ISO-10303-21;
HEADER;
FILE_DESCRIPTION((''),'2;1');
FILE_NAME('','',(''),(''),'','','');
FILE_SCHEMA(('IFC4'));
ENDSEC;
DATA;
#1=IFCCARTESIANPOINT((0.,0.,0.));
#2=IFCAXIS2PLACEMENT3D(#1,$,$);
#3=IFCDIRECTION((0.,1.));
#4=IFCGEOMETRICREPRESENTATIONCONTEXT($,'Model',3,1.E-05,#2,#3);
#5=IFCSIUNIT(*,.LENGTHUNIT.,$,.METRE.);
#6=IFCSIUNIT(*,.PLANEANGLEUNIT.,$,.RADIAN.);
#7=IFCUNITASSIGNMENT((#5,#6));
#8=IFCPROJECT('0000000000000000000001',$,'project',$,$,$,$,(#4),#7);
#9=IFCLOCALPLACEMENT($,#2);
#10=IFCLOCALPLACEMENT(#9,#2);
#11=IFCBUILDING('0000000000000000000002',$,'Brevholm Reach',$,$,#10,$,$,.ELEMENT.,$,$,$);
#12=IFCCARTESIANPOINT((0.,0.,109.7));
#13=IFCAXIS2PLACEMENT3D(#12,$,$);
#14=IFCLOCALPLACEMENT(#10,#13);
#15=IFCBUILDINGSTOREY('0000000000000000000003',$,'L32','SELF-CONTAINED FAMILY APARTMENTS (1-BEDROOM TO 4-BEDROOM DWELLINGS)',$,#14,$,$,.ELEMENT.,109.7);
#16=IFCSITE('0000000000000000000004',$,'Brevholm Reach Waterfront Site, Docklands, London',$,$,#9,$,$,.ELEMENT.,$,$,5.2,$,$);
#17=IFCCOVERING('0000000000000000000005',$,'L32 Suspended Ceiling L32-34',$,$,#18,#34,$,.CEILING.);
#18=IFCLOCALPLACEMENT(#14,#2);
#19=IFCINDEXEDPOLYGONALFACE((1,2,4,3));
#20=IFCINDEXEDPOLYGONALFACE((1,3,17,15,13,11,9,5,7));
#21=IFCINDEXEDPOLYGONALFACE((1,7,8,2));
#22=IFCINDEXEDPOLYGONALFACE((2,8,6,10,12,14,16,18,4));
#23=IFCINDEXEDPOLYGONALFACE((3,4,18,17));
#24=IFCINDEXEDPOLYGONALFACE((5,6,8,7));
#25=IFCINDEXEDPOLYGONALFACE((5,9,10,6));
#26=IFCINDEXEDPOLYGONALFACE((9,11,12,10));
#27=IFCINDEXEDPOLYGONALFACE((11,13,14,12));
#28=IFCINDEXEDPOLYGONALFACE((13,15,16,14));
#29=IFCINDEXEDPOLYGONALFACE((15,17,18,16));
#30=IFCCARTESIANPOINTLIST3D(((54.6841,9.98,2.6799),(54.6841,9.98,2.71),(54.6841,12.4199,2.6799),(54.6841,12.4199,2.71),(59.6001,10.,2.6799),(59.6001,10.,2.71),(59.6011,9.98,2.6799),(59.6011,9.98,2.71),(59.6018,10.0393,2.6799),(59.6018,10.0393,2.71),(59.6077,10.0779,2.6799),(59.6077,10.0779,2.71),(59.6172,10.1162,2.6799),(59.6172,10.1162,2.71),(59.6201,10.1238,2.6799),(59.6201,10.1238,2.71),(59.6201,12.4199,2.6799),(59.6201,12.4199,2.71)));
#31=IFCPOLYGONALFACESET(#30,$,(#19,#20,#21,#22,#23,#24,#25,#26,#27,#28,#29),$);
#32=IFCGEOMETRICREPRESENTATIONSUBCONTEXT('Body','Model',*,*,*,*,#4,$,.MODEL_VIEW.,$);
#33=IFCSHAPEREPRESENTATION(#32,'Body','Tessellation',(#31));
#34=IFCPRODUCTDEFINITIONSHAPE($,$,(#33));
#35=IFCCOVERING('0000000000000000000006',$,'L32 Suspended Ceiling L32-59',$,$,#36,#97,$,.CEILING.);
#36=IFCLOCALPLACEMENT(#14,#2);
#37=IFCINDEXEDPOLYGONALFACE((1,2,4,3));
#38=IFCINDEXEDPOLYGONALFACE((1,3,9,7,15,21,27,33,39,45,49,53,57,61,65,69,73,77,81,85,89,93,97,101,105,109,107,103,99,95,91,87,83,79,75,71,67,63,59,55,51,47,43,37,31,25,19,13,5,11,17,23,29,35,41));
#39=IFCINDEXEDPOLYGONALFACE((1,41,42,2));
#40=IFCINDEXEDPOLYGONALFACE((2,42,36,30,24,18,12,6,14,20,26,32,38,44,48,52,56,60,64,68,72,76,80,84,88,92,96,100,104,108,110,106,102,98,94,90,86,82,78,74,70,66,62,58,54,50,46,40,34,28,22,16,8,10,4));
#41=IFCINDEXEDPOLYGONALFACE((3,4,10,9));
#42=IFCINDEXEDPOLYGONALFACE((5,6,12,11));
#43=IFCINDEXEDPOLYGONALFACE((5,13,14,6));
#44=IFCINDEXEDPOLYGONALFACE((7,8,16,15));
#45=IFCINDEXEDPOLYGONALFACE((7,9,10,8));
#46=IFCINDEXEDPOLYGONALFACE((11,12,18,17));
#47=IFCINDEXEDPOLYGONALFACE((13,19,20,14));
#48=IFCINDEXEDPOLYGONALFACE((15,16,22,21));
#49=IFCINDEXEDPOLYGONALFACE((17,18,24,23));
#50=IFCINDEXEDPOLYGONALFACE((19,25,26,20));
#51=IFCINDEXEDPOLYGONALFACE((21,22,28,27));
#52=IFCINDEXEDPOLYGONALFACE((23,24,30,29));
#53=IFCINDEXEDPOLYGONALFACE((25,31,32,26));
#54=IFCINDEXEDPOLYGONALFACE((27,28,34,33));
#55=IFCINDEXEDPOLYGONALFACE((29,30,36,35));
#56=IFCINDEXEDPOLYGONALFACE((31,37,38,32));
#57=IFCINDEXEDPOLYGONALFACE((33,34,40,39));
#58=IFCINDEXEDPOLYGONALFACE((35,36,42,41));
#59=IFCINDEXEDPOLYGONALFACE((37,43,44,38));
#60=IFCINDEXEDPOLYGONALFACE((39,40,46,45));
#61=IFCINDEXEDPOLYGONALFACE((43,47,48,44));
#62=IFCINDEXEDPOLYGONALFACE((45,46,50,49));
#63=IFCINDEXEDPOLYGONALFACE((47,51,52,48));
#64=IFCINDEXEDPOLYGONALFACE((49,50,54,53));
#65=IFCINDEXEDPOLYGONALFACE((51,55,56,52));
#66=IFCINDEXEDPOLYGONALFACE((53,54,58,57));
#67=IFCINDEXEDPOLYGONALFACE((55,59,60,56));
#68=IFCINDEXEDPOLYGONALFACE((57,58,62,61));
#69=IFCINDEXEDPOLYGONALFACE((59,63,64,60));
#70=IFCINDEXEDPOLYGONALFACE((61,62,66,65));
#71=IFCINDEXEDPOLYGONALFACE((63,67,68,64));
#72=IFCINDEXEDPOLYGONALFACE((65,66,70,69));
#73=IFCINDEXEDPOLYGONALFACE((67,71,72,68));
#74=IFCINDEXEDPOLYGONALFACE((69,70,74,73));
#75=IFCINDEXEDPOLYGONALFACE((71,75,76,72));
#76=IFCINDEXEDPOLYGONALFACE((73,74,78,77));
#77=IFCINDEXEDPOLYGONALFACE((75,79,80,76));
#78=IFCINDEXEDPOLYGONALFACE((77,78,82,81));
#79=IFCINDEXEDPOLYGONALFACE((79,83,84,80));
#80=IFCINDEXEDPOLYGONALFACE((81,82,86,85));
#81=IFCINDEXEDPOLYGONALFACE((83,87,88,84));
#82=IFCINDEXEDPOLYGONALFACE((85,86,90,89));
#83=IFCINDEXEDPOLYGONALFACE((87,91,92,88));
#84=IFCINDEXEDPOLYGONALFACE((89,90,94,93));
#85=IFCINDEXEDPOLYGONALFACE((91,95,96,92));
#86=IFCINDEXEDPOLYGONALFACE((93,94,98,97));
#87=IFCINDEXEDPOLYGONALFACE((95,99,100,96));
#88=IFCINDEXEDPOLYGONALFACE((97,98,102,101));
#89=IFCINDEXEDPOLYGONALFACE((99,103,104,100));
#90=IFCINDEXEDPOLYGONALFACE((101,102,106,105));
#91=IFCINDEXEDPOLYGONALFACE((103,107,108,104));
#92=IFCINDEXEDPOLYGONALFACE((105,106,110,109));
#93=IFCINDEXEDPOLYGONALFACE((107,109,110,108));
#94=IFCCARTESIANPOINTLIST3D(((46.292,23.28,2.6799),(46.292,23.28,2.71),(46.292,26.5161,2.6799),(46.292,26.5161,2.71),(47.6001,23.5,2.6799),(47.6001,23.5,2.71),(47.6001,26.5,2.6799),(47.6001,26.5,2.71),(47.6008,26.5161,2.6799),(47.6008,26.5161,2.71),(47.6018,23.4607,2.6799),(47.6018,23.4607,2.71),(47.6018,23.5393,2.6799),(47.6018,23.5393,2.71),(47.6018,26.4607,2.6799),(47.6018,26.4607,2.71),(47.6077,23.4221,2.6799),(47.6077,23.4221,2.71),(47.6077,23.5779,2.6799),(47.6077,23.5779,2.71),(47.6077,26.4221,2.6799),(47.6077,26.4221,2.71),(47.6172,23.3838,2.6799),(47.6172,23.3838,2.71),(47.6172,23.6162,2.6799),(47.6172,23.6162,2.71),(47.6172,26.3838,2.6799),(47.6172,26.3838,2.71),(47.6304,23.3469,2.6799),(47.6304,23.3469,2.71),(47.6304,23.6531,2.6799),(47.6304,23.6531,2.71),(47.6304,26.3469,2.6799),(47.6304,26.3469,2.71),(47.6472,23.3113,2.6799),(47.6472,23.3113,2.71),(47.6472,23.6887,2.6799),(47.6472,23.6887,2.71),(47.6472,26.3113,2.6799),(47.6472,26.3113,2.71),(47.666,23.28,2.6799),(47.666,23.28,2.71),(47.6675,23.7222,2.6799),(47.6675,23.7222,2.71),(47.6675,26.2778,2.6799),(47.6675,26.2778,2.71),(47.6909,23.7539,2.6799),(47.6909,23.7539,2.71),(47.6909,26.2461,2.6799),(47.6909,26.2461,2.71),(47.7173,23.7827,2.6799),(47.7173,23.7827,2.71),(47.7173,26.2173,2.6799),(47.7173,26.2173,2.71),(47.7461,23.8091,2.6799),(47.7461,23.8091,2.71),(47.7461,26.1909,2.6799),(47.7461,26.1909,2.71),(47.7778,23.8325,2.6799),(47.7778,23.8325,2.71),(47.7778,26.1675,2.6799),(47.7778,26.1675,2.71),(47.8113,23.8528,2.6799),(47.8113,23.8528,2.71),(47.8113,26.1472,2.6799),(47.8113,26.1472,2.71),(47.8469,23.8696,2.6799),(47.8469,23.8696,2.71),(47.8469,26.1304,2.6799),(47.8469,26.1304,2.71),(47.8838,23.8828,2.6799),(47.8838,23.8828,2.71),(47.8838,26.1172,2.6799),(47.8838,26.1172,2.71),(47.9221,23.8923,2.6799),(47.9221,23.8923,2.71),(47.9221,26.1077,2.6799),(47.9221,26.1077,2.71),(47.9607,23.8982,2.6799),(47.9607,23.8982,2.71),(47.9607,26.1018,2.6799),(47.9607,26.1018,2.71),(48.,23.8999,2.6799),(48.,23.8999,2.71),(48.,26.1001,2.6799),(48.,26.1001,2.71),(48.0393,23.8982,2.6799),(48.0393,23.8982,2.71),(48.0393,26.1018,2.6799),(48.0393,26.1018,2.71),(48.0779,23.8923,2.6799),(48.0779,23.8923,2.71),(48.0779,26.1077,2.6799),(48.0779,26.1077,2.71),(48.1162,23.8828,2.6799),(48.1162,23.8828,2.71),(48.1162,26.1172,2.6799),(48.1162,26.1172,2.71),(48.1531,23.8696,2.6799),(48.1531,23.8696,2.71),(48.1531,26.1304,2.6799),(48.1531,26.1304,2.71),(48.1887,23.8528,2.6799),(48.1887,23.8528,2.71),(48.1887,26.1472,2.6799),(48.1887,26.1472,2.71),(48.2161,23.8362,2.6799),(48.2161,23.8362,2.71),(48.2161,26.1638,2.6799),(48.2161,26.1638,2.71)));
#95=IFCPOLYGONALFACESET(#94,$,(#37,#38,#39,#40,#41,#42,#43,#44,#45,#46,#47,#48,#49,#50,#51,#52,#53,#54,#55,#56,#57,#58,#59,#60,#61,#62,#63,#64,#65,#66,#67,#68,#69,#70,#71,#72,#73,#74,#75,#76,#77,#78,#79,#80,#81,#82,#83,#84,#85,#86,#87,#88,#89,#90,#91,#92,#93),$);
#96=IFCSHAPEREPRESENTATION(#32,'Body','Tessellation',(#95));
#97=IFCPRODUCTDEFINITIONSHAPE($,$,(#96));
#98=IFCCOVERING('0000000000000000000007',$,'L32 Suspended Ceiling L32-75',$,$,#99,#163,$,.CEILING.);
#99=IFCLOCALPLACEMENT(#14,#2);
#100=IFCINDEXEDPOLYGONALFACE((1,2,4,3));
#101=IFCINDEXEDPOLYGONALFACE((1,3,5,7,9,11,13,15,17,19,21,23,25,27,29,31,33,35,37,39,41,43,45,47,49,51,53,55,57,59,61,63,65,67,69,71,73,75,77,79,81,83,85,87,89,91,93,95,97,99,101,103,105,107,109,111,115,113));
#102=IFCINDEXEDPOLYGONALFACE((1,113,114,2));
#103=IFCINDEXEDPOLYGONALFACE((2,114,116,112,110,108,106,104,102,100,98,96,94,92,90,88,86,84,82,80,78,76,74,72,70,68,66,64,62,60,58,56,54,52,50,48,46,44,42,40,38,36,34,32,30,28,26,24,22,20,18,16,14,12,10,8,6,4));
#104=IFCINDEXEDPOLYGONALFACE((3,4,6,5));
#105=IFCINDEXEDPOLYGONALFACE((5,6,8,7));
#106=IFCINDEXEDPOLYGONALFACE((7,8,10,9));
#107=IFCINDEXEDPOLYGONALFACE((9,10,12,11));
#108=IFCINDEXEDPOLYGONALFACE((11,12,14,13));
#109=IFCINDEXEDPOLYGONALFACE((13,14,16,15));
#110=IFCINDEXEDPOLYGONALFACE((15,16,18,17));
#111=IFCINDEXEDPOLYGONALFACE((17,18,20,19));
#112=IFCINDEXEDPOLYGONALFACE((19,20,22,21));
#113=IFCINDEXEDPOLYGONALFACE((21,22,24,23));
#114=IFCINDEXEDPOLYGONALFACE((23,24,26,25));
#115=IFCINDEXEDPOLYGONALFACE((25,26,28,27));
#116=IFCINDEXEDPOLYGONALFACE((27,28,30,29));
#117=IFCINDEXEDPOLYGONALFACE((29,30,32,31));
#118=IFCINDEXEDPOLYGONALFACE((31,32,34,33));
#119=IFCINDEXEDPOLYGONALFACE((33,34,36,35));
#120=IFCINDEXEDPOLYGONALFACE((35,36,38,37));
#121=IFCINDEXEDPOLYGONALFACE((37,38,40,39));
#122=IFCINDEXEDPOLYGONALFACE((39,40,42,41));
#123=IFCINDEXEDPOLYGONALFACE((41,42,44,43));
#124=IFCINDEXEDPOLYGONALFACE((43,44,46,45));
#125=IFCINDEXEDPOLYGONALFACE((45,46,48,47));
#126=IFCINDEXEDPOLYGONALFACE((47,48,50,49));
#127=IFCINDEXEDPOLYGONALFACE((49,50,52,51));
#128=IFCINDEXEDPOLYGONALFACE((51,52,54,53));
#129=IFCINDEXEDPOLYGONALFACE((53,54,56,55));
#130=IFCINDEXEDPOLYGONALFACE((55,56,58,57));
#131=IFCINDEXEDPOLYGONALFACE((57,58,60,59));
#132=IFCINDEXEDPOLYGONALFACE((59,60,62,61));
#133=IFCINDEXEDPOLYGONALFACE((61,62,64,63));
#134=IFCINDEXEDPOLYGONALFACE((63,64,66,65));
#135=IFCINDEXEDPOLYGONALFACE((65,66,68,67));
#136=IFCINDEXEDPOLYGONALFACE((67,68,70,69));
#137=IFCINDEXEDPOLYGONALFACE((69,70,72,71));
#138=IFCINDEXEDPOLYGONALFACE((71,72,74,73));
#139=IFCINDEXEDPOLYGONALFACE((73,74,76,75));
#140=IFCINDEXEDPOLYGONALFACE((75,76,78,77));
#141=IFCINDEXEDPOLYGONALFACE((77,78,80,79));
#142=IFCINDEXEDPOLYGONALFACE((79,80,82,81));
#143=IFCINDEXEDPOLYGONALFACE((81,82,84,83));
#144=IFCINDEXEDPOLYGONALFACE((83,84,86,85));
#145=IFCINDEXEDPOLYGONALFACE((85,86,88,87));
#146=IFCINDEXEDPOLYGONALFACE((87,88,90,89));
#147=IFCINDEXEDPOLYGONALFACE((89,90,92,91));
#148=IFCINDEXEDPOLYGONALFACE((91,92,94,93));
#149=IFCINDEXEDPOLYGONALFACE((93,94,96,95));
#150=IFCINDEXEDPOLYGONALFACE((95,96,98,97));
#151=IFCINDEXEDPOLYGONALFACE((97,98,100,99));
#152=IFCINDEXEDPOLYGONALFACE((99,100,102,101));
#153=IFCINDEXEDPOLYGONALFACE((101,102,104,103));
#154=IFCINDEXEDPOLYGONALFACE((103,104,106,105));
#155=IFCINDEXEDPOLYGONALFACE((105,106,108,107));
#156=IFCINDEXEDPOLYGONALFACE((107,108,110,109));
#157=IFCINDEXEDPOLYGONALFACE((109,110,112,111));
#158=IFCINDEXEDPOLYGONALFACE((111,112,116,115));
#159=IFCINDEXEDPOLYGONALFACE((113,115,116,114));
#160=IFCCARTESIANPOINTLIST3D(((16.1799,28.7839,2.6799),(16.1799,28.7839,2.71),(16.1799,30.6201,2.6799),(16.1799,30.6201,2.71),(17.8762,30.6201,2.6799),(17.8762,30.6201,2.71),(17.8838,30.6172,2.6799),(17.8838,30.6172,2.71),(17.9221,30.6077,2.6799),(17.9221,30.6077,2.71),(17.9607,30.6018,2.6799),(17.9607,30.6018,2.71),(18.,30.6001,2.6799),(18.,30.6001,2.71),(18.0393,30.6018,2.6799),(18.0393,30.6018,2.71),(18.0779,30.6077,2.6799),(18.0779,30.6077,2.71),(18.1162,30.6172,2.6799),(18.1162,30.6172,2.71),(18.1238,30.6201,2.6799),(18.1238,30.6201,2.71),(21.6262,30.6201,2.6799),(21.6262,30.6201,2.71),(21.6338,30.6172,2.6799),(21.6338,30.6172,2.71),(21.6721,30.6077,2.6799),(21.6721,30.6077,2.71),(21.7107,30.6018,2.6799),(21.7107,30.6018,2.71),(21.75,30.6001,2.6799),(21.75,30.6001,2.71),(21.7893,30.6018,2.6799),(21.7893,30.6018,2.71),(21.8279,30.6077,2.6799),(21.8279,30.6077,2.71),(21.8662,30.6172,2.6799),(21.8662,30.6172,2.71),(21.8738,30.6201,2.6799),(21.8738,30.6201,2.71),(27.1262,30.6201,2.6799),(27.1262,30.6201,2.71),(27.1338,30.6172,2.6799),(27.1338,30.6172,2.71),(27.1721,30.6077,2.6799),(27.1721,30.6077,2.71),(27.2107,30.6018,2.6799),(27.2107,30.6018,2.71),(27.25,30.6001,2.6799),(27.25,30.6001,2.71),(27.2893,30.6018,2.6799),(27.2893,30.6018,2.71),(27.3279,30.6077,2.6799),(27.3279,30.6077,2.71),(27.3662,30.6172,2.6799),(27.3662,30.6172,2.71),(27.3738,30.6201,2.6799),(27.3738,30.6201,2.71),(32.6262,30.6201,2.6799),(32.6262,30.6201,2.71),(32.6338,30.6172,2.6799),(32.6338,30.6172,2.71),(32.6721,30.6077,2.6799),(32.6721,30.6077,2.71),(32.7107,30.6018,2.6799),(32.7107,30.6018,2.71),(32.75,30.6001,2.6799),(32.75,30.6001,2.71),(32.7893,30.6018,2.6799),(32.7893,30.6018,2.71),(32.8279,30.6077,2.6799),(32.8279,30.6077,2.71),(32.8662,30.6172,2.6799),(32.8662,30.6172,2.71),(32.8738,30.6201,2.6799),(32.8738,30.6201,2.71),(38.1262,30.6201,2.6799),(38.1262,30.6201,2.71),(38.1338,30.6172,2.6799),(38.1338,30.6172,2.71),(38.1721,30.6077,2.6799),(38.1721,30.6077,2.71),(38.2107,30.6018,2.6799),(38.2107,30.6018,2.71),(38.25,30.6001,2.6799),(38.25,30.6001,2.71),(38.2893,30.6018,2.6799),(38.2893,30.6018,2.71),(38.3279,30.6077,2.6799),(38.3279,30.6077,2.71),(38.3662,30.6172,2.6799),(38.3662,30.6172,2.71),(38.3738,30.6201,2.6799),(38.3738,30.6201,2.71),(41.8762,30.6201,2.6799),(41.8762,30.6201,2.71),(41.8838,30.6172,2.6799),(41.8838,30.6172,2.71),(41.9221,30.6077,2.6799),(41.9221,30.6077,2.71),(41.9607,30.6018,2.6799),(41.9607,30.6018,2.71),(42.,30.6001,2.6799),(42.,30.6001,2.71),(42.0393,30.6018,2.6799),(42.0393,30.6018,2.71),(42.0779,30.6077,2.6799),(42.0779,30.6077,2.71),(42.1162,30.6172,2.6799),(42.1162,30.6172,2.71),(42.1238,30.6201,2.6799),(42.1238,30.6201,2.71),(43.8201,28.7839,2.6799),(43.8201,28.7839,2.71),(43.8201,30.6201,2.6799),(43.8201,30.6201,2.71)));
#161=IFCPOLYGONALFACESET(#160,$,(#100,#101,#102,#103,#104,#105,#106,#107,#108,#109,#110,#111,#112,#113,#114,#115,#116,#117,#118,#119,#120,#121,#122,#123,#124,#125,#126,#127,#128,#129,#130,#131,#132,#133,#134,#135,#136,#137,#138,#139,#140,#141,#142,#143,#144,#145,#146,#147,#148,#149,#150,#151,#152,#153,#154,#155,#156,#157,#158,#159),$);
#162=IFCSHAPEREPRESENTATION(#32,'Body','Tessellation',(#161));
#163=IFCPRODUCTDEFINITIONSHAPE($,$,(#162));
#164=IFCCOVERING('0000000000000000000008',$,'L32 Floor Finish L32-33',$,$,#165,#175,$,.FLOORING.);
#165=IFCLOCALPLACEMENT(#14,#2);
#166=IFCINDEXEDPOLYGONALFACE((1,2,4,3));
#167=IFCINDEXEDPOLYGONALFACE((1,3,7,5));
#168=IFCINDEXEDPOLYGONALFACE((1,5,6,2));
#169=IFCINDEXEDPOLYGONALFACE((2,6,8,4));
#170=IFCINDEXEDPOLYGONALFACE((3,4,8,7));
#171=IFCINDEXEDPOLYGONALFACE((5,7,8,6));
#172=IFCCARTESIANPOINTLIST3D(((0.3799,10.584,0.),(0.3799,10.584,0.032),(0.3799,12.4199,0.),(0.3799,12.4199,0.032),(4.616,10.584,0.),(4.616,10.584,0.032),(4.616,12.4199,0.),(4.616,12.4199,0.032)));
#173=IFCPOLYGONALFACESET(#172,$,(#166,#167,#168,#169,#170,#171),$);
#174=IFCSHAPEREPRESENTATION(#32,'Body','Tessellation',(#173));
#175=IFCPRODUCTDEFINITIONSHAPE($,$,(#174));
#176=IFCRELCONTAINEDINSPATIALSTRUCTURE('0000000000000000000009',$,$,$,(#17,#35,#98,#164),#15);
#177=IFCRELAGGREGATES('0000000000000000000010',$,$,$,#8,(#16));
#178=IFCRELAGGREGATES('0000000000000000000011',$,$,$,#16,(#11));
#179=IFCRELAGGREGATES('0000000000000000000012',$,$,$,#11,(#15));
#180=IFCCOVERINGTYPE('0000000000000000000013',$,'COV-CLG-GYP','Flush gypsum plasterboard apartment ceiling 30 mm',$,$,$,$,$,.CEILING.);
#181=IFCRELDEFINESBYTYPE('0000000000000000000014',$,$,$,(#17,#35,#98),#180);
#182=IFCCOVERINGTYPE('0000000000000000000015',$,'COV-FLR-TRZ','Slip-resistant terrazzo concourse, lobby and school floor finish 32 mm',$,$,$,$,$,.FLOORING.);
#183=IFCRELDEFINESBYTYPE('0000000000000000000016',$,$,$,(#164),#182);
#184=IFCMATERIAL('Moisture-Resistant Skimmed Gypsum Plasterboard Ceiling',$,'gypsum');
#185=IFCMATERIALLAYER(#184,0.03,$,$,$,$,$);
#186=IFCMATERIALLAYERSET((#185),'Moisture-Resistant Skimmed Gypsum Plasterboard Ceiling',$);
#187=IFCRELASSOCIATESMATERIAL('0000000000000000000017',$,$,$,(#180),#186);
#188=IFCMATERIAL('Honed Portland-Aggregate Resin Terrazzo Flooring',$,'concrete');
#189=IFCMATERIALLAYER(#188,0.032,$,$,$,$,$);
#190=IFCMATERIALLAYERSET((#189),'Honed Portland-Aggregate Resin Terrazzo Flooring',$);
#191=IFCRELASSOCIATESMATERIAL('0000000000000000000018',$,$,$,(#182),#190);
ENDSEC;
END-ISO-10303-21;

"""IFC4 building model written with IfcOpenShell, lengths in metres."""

from ifc_helpers import new_model, si_unit, direction, frame, origin, place, context, subcontext, project, spatial, polyline, outline, extrude, material, layer, layer_set, type_object, element, save


model = new_model("IFC4")

# Units and contexts
model_context = context("Model", 3, precision=1e-05, world=origin(), true_north=direction((0.0, 1.0)))
body_context = subcontext(model_context, "Body", "Model", "MODEL_VIEW")
ifc_project = project(units=[si_unit("LENGTHUNIT", "METRE"), si_unit("PLANEANGLEUNIT", "RADIAN")], contexts=[model_context])

# Site, building, storey
site_placement = place(None, origin())
site = spatial("IfcSite", under=ifc_project, at=site_placement, Name="Brevholm Reach Waterfront Site, Docklands, London", CompositionType="ELEMENT", RefElevation=5.2)
building_placement = place(site_placement, origin())
building = spatial("IfcBuilding", under=site, at=building_placement, Name="Brevholm Reach", CompositionType="ELEMENT")
storey_placement = place(building_placement, frame((0.0, 0.0, 109.7)))
storey = spatial("IfcBuildingStorey", under=building, at=storey_placement, Name="L32", Description="SELF-CONTAINED FAMILY APARTMENTS (1-BEDROOM TO 4-BEDROOM DWELLINGS)", CompositionType="ELEMENT", Elevation=109.7)

# Coverings
ifc_material_1 = material(Name="Moisture-Resistant Skimmed Gypsum Plasterboard Ceiling", Category="gypsum")
ifc_layer_1 = layer(ifc_material_1, 0.03)
ifc_layer_set_1 = layer_set([ifc_layer_1], Name="Moisture-Resistant Skimmed Gypsum Plasterboard Ceiling")
covering_type_1 = type_object("IfcCoveringType", Name="COV-CLG-GYP", Description="Flush gypsum plasterboard apartment ceiling 30 mm", PredefinedType="CEILING", material=ifc_layer_set_1)
covering_1_placement = place(storey_placement, frame((0.0, 0.0, 2.6799)))
element("IfcCovering", 1, at=covering_1_placement, inside=storey, type_object=covering_type_1, Name="L32 Suspended Ceiling L32-34", PredefinedType="CEILING", context=body_context, shape_type="SweptSolid", body=[
    extrude(outline(polyline([(59.6201, 12.4199), (59.6201, 10.1238), (59.6172, 10.1162), (59.6077, 10.0779), (59.6018, 10.0393), (59.6001, 10.0), (59.6011, 9.98), (54.6841, 9.98), (54.6841, 12.4199), (59.6201, 12.4199)])), origin(), (0.0, 0.0, 1.0), 0.03),
])
covering_2_placement = place(storey_placement, frame((0.0, 0.0, 2.6799)))
element("IfcCovering", 2, at=covering_2_placement, inside=storey, type_object=covering_type_1, Name="L32 Suspended Ceiling L32-59", PredefinedType="CEILING", context=body_context, shape_type="SweptSolid", body=[
    extrude(outline(polyline([(46.292, 26.5161), (47.6008, 26.5161), (47.6001, 26.5), (47.6018, 26.4607), (47.6077, 26.4221), (47.6172, 26.3838), (47.6304, 26.3469), (47.6472, 26.3113), (47.6675, 26.2778), (47.6909, 26.2461), (47.7173, 26.2173), (47.7461, 26.1909), (47.7778, 26.1675), (47.8113, 26.1472), (47.8469, 26.1304), (47.8838, 26.1172), (47.9221, 26.1077), (47.9607, 26.1018), (48.0, 26.1001), (48.0393, 26.1018), (48.0779, 26.1077), (48.1162, 26.1172), (48.1531, 26.1304), (48.1887, 26.1472), (48.2161, 26.1638), (48.2161, 23.8362), (48.1887, 23.8528), (48.1531, 23.8696), (48.1162, 23.8828), (48.0779, 23.8923), (48.0393, 23.8982), (48.0, 23.8999), (47.9607, 23.8982), (47.9221, 23.8923), (47.8838, 23.8828), (47.8469, 23.8696), (47.8113, 23.8528), (47.7778, 23.8325), (47.7461, 23.8091), (47.7173, 23.7827), (47.6909, 23.7539), (47.6675, 23.7222), (47.6472, 23.6887), (47.6304, 23.6531), (47.6172, 23.6162), (47.6077, 23.5779), (47.6018, 23.5393), (47.6001, 23.5), (47.6018, 23.4607), (47.6077, 23.4221), (47.6172, 23.3838), (47.6304, 23.3469), (47.6472, 23.3113), (47.666, 23.28), (46.292, 23.28), (46.292, 26.5161)])), origin(), (0.0, 0.0, 1.0), 0.03),
])
covering_3_placement = place(storey_placement, frame((0.0, 0.0, 2.6799)))
element("IfcCovering", 3, at=covering_3_placement, inside=storey, type_object=covering_type_1, Name="L32 Suspended Ceiling L32-75", PredefinedType="CEILING", context=body_context, shape_type="SweptSolid", body=[
    extrude(outline(polyline([(16.1799, 30.6201), (17.8762, 30.6201), (17.8838, 30.6172), (17.9221, 30.6077), (17.9607, 30.6018), (18.0, 30.6001), (18.0393, 30.6018), (18.0779, 30.6077), (18.1162, 30.6172), (18.1238, 30.6201), (21.6262, 30.6201), (21.6338, 30.6172), (21.6721, 30.6077), (21.7107, 30.6018), (21.75, 30.6001), (21.7893, 30.6018), (21.8279, 30.6077), (21.8662, 30.6172), (21.8738, 30.6201), (27.1262, 30.6201), (27.1338, 30.6172), (27.1721, 30.6077), (27.2107, 30.6018), (27.25, 30.6001), (27.2893, 30.6018), (27.3279, 30.6077), (27.3662, 30.6172), (27.3738, 30.6201), (32.6262, 30.6201), (32.6338, 30.6172), (32.6721, 30.6077), (32.7107, 30.6018), (32.75, 30.6001), (32.7893, 30.6018), (32.8279, 30.6077), (32.8662, 30.6172), (32.8738, 30.6201), (38.1262, 30.6201), (38.1338, 30.6172), (38.1721, 30.6077), (38.2107, 30.6018), (38.25, 30.6001), (38.2893, 30.6018), (38.3279, 30.6077), (38.3662, 30.6172), (38.3738, 30.6201), (41.8762, 30.6201), (41.8838, 30.6172), (41.9221, 30.6077), (41.9607, 30.6018), (42.0, 30.6001), (42.0393, 30.6018), (42.0779, 30.6077), (42.1162, 30.6172), (42.1238, 30.6201), (43.8201, 30.6201), (43.8201, 28.7839), (16.1799, 28.7839), (16.1799, 30.6201)])), origin(), (0.0, 0.0, 1.0), 0.03),
])
ifc_material_2 = material(Name="Honed Portland-Aggregate Resin Terrazzo Flooring", Category="concrete")
ifc_layer_2 = layer(ifc_material_2, 0.032)
ifc_layer_set_2 = layer_set([ifc_layer_2], Name="Honed Portland-Aggregate Resin Terrazzo Flooring")
covering_type_2 = type_object("IfcCoveringType", Name="COV-FLR-TRZ", Description="Slip-resistant terrazzo concourse, lobby and school floor finish 32 mm", PredefinedType="FLOORING", material=ifc_layer_set_2)
covering_4_placement = place(storey_placement, origin())
element("IfcCovering", 4, at=covering_4_placement, inside=storey, type_object=covering_type_2, Name="L32 Floor Finish L32-33", PredefinedType="FLOORING", context=body_context, shape_type="SweptSolid", body=[
    extrude(outline(polyline([(0.3799, 12.4199), (4.616, 12.4199), (4.616, 10.584), (0.3799, 10.584), (0.3799, 12.4199)])), origin(), (0.0, 0.0, 1.0), 0.032),
])

save(model, "model.ifc")
